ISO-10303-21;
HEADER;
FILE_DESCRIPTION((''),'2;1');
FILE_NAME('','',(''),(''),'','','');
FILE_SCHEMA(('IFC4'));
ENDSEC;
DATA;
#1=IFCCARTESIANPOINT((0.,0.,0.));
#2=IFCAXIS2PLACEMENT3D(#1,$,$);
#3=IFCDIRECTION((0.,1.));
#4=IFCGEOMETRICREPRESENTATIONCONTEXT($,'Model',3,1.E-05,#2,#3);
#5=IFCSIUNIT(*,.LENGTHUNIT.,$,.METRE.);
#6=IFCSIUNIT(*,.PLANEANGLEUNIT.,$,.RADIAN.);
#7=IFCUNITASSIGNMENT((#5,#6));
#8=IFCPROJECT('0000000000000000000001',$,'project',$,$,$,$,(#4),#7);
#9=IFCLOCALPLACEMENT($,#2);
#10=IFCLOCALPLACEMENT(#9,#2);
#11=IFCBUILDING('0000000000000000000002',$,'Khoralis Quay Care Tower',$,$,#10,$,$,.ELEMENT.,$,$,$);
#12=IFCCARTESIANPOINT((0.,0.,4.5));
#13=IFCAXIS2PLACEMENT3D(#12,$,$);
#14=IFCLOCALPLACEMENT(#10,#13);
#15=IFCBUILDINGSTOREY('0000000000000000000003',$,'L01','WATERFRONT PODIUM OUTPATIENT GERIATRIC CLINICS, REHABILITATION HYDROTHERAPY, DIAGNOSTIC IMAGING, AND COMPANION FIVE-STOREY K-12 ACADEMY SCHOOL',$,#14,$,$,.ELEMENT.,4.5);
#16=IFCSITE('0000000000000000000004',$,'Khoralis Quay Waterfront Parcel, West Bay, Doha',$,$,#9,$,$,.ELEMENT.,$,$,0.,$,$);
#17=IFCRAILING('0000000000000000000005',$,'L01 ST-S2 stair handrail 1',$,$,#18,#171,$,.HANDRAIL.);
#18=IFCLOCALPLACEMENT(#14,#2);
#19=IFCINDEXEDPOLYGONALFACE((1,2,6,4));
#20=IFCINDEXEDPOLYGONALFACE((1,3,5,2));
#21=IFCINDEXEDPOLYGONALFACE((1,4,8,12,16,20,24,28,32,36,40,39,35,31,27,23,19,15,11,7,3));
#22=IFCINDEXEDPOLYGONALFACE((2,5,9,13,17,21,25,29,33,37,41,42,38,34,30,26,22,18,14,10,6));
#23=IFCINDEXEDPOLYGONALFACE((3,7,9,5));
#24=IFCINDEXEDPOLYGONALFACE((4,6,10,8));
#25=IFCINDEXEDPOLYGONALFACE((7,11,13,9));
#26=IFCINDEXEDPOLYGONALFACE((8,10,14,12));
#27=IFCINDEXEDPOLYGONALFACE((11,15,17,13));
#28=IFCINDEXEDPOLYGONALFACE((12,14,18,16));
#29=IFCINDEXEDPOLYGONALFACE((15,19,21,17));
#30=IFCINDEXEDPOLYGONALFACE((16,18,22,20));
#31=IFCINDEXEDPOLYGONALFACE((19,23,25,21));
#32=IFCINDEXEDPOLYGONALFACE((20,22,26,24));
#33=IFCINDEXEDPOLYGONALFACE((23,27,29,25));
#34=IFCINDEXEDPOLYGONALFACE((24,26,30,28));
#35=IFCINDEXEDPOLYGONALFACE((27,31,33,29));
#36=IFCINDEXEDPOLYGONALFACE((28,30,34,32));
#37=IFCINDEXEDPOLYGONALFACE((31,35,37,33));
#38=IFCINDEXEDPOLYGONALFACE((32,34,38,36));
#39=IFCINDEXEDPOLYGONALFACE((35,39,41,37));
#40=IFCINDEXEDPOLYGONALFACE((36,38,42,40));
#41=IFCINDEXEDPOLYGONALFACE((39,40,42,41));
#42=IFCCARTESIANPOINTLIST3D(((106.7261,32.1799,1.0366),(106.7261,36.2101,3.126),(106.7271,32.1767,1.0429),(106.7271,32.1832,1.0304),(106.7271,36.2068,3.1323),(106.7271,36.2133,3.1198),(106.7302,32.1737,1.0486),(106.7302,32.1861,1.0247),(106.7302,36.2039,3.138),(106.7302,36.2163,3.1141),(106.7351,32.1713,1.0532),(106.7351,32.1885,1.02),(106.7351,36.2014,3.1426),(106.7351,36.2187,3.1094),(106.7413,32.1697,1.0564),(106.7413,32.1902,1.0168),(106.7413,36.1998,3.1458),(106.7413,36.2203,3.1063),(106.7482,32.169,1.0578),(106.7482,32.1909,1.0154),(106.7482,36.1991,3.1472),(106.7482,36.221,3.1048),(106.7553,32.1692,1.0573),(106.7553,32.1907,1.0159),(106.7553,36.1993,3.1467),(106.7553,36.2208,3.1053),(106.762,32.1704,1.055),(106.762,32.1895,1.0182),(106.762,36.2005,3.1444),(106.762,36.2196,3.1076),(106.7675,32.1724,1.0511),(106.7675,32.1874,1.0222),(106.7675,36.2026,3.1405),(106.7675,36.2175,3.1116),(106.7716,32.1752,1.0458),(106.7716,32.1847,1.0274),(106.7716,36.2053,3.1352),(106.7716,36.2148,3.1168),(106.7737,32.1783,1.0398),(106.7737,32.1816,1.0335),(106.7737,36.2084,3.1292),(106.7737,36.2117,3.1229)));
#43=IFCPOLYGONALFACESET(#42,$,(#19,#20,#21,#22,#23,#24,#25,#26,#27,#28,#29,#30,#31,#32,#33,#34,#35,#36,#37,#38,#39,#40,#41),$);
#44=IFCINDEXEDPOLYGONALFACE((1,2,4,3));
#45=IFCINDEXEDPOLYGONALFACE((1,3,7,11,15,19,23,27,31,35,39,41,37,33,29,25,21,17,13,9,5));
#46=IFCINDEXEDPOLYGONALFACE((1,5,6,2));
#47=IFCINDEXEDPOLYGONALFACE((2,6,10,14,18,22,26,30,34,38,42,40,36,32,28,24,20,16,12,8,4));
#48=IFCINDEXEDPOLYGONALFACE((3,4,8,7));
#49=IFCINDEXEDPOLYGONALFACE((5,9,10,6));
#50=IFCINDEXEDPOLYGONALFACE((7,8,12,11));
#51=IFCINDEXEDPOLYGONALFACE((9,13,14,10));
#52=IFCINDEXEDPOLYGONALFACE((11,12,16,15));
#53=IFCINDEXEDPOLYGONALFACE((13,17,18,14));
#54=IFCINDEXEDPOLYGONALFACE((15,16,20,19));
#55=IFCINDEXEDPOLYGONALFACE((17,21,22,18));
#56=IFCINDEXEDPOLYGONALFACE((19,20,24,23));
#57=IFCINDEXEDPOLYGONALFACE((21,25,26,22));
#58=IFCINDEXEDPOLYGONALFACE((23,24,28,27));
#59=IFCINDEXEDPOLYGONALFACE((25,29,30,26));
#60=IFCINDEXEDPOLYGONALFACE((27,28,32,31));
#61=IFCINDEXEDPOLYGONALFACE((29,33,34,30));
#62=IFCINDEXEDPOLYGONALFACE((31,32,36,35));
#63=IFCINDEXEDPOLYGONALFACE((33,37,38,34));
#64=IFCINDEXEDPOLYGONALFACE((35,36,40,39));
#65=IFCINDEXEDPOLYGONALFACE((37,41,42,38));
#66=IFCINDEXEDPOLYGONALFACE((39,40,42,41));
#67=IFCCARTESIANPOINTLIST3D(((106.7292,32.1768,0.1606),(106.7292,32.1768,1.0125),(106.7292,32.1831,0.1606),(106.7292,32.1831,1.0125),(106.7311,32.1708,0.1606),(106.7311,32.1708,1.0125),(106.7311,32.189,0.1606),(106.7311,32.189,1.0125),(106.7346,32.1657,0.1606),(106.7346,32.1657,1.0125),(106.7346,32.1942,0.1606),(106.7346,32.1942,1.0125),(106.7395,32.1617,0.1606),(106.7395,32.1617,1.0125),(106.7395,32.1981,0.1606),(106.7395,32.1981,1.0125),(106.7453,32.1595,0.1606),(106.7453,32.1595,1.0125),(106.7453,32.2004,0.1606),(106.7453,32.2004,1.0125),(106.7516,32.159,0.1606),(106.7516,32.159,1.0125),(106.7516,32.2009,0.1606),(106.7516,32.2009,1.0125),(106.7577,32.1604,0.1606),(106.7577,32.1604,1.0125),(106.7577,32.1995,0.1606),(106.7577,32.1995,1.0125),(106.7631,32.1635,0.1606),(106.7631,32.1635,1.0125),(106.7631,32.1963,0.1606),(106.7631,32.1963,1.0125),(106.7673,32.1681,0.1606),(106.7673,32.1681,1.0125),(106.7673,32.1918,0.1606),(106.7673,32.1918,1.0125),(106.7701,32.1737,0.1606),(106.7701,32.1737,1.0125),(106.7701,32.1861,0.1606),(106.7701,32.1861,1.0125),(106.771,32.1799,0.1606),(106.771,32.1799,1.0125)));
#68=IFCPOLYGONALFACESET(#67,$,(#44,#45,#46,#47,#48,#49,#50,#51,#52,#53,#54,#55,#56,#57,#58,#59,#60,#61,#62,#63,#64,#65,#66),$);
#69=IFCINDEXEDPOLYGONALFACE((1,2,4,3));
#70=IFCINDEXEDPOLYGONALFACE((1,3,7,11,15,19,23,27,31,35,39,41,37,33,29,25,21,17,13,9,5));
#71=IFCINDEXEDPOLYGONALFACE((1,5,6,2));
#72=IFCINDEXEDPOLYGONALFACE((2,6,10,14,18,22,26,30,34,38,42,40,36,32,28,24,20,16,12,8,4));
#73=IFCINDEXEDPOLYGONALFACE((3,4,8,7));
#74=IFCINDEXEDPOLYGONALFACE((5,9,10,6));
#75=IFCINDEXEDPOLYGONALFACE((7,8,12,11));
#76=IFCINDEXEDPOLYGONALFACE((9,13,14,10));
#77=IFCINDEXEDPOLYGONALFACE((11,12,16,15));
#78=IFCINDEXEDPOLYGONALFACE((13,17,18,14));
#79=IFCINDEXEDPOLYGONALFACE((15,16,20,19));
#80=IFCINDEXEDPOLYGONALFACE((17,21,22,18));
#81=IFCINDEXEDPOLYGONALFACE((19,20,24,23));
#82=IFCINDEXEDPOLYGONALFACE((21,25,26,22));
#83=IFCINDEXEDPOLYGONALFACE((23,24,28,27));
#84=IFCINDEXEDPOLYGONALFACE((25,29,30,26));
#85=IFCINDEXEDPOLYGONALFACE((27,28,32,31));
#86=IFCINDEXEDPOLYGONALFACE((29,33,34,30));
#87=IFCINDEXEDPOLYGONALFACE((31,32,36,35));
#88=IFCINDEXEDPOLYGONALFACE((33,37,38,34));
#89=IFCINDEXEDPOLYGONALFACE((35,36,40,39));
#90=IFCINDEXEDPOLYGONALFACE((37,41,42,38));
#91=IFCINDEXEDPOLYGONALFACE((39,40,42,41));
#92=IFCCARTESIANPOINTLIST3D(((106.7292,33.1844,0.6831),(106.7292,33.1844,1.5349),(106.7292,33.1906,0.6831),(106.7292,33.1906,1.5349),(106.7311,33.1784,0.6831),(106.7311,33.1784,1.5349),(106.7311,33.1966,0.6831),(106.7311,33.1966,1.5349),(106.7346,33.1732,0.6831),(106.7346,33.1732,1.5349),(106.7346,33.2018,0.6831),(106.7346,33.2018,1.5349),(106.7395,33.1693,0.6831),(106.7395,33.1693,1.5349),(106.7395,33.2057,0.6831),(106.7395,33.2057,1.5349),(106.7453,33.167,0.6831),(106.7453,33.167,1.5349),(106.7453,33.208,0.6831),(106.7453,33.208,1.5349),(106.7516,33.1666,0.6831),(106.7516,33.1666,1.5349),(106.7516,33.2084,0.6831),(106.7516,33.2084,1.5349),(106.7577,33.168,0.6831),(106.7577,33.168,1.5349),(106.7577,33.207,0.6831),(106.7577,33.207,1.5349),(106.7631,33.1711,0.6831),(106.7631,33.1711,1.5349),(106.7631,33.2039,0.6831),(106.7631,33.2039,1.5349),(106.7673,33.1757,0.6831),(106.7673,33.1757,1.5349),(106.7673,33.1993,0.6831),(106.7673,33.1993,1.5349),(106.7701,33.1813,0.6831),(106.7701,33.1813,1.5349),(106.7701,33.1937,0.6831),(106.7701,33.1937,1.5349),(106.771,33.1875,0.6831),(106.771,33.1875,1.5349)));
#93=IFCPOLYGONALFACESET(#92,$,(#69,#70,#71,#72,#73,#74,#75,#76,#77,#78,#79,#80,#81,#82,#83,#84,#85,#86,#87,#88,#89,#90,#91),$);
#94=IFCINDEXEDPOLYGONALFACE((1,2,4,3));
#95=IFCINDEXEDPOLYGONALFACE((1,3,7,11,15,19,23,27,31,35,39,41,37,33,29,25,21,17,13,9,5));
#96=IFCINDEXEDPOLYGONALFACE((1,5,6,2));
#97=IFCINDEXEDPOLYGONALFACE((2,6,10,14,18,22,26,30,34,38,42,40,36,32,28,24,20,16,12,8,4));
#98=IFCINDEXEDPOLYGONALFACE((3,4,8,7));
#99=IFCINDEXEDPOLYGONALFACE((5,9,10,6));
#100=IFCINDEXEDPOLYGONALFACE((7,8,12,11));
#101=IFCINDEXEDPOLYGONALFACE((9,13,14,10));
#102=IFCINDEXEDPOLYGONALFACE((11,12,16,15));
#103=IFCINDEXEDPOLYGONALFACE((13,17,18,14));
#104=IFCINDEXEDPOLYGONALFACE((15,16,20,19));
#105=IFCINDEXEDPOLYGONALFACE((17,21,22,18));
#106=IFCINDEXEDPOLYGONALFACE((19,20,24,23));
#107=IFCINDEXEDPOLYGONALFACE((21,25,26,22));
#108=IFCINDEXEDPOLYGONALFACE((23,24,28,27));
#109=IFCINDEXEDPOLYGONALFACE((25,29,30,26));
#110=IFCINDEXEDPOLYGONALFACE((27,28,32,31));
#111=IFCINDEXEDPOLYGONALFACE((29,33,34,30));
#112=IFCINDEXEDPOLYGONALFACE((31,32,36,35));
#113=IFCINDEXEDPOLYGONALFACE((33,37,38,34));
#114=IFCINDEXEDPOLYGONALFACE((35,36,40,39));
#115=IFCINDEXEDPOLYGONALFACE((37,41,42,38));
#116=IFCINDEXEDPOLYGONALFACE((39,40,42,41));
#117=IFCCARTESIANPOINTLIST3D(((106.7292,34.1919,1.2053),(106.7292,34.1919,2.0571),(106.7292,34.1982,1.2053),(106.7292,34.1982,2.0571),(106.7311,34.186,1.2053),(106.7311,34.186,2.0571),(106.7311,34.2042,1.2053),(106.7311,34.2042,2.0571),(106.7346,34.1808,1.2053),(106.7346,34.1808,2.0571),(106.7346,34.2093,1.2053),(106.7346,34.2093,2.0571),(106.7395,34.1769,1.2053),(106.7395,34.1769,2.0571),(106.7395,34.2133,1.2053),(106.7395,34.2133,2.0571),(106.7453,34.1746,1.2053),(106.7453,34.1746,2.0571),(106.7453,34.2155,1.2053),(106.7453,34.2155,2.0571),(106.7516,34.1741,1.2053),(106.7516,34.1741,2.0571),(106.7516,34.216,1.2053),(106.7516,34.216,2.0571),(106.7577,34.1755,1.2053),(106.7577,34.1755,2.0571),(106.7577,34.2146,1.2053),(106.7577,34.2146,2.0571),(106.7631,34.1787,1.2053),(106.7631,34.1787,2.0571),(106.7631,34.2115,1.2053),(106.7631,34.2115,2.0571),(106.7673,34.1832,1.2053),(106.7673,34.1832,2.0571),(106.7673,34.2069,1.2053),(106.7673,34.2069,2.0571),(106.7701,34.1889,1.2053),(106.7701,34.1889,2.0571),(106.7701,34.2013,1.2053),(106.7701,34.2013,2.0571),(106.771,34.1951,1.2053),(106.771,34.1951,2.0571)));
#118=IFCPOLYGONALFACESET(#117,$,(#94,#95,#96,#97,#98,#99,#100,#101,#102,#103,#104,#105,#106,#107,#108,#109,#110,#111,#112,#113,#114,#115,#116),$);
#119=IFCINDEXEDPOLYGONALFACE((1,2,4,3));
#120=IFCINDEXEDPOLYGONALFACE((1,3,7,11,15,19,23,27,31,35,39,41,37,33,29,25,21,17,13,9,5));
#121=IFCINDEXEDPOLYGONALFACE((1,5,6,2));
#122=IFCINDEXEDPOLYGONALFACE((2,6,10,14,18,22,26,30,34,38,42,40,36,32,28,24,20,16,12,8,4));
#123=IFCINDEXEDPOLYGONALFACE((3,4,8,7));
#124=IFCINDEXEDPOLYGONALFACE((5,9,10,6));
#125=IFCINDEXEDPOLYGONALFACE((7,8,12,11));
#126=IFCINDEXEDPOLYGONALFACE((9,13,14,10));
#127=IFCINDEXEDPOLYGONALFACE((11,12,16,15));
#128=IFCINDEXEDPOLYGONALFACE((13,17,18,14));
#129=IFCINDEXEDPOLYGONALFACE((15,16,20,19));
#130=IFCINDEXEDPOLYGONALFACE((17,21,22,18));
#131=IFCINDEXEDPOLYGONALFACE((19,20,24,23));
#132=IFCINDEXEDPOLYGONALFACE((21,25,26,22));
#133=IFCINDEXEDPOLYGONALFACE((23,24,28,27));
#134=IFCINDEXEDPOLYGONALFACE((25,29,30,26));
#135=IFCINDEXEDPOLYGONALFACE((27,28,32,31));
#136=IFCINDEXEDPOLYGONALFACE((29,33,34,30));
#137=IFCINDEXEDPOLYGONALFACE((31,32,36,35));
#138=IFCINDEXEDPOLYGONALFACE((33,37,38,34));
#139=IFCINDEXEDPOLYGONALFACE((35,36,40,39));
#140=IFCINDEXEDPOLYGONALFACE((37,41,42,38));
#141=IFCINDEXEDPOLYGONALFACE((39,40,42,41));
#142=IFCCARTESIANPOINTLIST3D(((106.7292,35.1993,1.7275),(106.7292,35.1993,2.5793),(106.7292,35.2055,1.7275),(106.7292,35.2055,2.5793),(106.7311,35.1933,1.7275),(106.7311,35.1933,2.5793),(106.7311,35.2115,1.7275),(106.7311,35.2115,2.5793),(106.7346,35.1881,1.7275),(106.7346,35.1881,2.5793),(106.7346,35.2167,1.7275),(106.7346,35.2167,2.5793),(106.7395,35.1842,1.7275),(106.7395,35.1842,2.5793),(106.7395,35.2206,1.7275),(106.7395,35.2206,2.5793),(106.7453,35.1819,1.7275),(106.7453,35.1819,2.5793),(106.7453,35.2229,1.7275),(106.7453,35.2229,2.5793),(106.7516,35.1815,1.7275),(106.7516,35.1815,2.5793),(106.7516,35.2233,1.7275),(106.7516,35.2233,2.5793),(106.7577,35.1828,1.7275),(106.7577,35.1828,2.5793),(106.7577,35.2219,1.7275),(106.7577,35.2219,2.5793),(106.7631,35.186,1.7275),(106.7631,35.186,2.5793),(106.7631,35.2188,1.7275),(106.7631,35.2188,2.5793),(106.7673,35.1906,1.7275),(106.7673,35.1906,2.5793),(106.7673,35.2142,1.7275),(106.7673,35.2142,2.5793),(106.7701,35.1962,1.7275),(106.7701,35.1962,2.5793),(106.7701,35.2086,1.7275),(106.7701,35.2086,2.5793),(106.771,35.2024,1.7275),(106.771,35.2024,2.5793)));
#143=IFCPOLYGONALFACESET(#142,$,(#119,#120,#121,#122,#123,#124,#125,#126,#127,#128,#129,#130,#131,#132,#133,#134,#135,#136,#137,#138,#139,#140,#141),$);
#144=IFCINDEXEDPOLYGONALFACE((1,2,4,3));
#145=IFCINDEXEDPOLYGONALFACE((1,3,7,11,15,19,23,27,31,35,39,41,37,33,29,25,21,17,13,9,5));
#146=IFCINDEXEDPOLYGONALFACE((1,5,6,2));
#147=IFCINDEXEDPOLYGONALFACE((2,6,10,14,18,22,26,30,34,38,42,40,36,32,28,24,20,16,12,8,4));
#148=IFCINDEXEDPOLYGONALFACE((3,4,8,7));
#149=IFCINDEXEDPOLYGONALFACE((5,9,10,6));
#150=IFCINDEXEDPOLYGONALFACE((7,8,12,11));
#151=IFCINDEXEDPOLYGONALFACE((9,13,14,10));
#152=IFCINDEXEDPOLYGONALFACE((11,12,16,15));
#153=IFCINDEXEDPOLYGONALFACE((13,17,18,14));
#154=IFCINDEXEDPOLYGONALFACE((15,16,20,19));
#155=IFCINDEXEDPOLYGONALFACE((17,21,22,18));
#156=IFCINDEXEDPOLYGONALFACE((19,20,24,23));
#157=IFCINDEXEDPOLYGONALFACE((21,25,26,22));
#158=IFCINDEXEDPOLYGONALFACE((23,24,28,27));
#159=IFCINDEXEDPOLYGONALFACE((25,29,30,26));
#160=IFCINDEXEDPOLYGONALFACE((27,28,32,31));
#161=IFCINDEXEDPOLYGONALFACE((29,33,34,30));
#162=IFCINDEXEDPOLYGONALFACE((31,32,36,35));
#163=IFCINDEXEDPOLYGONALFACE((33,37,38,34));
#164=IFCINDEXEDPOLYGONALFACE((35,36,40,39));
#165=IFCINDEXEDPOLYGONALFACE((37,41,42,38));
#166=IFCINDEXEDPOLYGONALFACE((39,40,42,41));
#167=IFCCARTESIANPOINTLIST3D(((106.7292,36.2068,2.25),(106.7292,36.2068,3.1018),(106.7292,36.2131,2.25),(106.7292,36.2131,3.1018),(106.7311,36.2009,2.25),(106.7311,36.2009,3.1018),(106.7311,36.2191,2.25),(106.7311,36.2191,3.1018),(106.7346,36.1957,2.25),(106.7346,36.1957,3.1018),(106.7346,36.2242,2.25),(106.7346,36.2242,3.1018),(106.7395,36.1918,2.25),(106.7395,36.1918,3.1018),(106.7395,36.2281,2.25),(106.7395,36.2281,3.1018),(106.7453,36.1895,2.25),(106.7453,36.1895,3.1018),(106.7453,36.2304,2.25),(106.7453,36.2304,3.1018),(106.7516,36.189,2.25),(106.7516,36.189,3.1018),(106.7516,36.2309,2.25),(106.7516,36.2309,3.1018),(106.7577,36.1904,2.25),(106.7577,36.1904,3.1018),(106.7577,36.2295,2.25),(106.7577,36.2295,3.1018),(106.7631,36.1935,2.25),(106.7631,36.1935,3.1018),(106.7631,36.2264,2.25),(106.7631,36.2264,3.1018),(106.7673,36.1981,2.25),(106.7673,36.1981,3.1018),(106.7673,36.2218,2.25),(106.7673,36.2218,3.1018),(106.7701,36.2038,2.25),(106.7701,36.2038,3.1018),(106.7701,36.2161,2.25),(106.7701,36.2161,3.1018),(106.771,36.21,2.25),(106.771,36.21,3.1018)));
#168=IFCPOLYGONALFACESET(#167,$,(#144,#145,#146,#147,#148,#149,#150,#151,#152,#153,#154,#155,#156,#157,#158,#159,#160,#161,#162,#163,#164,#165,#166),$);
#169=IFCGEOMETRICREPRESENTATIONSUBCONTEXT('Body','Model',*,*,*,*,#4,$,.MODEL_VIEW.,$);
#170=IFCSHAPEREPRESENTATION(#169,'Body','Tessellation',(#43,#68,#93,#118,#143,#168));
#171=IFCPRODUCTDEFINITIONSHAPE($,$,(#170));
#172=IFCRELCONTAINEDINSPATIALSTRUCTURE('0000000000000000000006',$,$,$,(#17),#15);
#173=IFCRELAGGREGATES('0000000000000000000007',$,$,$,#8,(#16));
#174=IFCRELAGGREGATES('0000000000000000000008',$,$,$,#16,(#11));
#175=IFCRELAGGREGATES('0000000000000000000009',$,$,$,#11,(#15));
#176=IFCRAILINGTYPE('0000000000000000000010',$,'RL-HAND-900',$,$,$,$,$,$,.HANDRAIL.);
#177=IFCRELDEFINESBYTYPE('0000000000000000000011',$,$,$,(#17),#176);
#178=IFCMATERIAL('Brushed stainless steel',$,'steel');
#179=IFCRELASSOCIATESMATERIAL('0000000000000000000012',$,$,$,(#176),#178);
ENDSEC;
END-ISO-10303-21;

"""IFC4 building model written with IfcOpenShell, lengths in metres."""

from ifc_helpers import new_model, si_unit, direction, frame, origin, origin_2d, place, context, subcontext, project, spatial, circle, extrude, material, type_object, element, save


model = new_model("IFC4")

# Units and contexts
model_context = context("Model", 3, precision=1e-05, world=origin(), true_north=direction((0.0, 1.0)))
body_context = subcontext(model_context, "Body", "Model", "MODEL_VIEW")
ifc_project = project(units=[si_unit("LENGTHUNIT", "METRE"), si_unit("PLANEANGLEUNIT", "RADIAN")], contexts=[model_context])

# Site, building, storey
site_placement = place(None, origin())
site = spatial("IfcSite", under=ifc_project, at=site_placement, Name="Khoralis Quay Waterfront Parcel, West Bay, Doha", CompositionType="ELEMENT", RefElevation=0.0)
building_placement = place(site_placement, origin())
building = spatial("IfcBuilding", under=site, at=building_placement, Name="Khoralis Quay Care Tower", CompositionType="ELEMENT")
storey_placement = place(building_placement, frame((0.0, 0.0, 4.5)))
storey = spatial("IfcBuildingStorey", under=building, at=storey_placement, Name="L01", Description="WATERFRONT PODIUM OUTPATIENT GERIATRIC CLINICS, REHABILITATION HYDROTHERAPY, DIAGNOSTIC IMAGING, AND COMPANION FIVE-STOREY K-12 ACADEMY SCHOOL", CompositionType="ELEMENT", Elevation=4.5)

# Railing
ifc_material_1 = material(Name="Brushed stainless steel", Category="steel")
railing_type_1 = type_object("IfcRailingType", Name="RL-HAND-900", PredefinedType="HANDRAIL", material=ifc_material_1)
railing_1_placement = place(storey_placement, frame((106.75, 32.1799, 0.1606)))
element("IfcRailing", 1, at=railing_1_placement, inside=storey, type_object=railing_type_1, Name="L01 ST-S2 stair handrail 1", PredefinedType="HANDRAIL", context=body_context, shape_type="SweptSolid", body=[
    extrude(circle(Radius=0.0239, at=origin_2d()), frame((0.0, 0.0, 0.876), z_axis=(0.0, 0.887781, 0.460267), x_axis=(-1.0, 0.0, 0.0)), (0.0, 0.0, 1.0), 4.5396),
    extrude(circle(Radius=0.021, at=origin_2d()), origin(), (0.0, 0.0, 1.0), 0.8518),
    extrude(circle(Radius=0.021, at=origin_2d()), frame((0.0, 1.0076, 0.5225)), (0.0, 0.0, 1.0), 0.8518),
    extrude(circle(Radius=0.021, at=origin_2d()), frame((0.0, 2.0151, 1.0447)), (0.0, 0.0, 1.0), 0.8518),
    extrude(circle(Radius=0.021, at=origin_2d()), frame((0.0, 3.0225, 1.5669)), (0.0, 0.0, 1.0), 0.8518),
    extrude(circle(Radius=0.021, at=origin_2d()), frame((0.0, 4.03, 2.0894)), (0.0, 0.0, 1.0), 0.8518),
])

save(model, "model.ifc")
